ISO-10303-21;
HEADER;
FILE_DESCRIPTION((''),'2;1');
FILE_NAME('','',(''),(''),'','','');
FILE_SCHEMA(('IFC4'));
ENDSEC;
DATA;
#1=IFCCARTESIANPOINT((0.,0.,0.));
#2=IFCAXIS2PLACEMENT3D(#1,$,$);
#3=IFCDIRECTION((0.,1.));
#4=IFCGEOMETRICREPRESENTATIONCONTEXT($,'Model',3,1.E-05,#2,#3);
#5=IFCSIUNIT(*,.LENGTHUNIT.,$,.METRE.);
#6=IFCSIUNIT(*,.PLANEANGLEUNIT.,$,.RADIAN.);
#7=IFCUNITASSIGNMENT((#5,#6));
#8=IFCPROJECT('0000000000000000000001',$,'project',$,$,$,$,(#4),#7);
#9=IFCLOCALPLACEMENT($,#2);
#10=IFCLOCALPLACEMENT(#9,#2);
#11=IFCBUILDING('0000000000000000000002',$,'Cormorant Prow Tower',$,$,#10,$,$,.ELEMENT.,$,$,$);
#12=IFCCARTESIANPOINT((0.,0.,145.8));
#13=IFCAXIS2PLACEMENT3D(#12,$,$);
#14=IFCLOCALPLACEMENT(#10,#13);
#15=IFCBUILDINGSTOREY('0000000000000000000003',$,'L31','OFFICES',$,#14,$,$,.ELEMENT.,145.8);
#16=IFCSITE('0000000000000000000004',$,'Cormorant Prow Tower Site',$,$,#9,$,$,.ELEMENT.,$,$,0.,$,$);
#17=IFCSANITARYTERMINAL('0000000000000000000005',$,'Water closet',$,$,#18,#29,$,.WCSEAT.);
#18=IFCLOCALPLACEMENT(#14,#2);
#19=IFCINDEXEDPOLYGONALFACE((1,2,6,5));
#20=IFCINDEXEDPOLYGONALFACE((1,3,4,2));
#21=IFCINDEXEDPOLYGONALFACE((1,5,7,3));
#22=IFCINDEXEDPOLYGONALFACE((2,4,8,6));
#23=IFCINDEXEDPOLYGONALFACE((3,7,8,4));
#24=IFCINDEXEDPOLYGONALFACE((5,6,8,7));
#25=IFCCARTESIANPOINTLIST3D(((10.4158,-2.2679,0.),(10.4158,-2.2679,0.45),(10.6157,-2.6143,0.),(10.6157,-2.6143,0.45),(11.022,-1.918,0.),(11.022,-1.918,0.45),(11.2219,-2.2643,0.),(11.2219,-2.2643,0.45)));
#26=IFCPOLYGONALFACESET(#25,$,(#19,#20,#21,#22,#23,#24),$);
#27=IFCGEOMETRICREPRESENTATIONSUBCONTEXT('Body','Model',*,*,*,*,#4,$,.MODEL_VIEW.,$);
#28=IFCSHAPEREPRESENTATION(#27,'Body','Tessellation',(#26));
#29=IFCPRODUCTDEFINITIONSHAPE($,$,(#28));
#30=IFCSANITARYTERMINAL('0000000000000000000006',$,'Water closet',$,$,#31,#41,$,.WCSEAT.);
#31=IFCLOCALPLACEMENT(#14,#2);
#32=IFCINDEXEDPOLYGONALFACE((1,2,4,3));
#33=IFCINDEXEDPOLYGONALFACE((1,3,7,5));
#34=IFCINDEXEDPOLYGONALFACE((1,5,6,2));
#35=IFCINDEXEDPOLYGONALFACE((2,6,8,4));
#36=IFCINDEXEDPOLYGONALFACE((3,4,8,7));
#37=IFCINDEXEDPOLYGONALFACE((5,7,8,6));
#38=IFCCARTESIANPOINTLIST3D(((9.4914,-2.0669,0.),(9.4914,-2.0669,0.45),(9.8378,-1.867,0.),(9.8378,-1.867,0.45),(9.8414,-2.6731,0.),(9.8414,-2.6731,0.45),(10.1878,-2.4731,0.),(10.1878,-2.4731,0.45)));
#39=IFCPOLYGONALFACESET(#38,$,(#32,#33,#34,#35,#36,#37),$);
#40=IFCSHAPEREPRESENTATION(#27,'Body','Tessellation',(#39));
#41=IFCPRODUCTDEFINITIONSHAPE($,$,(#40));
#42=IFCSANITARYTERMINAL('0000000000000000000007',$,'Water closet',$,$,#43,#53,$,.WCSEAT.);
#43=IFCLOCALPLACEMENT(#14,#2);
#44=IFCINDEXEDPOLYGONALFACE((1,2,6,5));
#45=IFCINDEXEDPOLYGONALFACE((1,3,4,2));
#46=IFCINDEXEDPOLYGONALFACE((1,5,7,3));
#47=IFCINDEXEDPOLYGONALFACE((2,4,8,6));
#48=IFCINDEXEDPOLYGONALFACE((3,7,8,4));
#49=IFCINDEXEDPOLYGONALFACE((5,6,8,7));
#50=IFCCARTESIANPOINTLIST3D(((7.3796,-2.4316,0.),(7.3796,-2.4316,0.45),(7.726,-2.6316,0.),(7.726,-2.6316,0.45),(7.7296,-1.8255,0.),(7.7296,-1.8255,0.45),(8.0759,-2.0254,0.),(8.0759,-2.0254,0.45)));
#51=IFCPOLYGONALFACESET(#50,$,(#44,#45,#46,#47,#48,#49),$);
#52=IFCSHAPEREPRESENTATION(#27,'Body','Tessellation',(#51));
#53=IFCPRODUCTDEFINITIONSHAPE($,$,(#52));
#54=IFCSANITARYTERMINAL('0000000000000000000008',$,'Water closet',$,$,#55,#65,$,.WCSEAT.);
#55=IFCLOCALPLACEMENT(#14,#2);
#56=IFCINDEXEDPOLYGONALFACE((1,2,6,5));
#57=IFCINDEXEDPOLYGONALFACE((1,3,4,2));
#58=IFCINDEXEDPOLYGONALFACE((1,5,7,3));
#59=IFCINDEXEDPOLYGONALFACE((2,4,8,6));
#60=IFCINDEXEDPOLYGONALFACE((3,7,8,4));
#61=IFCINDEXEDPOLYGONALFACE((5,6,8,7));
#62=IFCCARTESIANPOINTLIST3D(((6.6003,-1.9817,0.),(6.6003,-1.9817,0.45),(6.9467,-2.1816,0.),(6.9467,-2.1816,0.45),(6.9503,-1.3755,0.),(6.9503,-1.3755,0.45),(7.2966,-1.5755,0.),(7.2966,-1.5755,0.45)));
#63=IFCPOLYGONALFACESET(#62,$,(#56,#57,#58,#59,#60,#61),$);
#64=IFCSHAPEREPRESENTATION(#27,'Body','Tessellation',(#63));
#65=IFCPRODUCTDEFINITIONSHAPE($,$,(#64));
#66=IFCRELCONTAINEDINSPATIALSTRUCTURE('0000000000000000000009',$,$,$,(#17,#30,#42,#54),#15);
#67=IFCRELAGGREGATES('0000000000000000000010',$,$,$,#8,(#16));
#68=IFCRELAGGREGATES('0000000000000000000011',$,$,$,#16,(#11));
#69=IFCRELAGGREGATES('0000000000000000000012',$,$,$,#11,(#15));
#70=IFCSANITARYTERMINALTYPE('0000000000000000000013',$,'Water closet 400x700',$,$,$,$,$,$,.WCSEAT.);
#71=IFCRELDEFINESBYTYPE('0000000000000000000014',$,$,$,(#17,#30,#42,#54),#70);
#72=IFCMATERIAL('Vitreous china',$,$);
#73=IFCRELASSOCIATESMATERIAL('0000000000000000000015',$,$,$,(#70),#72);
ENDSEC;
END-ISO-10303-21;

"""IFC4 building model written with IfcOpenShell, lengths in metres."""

from ifc_helpers import new_model, si_unit, direction, frame, origin, origin_2d, place, context, subcontext, project, spatial, rectangle, extrude, material, type_object, element, save


model = new_model("IFC4")

# Units and contexts
model_context = context("Model", 3, precision=1e-05, world=origin(), true_north=direction((0.0, 1.0)))
body_context = subcontext(model_context, "Body", "Model", "MODEL_VIEW")
ifc_project = project(units=[si_unit("LENGTHUNIT", "METRE"), si_unit("PLANEANGLEUNIT", "RADIAN")], contexts=[model_context])

# Site, building, storey
site_placement = place(None, origin())
site = spatial("IfcSite", under=ifc_project, at=site_placement, Name="Cormorant Prow Tower Site", CompositionType="ELEMENT", RefElevation=0.0)
building_placement = place(site_placement, origin())
building = spatial("IfcBuilding", under=site, at=building_placement, Name="Cormorant Prow Tower", CompositionType="ELEMENT")
storey_placement = place(building_placement, frame((0.0, 0.0, 145.8)))
storey = spatial("IfcBuildingStorey", under=building, at=storey_placement, Name="L31", Description="OFFICES", CompositionType="ELEMENT", Elevation=145.8)

# Sanitary terminals
ifc_material_1 = material(Name="Vitreous china")
sanitary_terminal_type_1 = type_object("IfcSanitaryTerminalType", Name="Water closet 400x700", PredefinedType="WCSEAT", material=ifc_material_1)
for number, where, z_axis, x_axis, name in (
    (1, (10.8188, -2.2661, 0.0), (0.0, 0.0, 1.0), (-0.5, 0.866025, 0.0), "Water closet"),
    (2, (9.8396, -2.27, 0.0), (0.0, 0.0, 1.0), (-0.866025, -0.5, 0.0), "Water closet"),
    (3, (7.7278, -2.2285, 0.0), (0.0, 0.0, 1.0), (0.866017, -0.500015, 0.0), "Water closet"),
    (4, (6.9485, -1.7786, 0.0), (0.0, 0.0, 1.0), (0.866017, -0.500015, 0.0), "Water closet"),
):
    element("IfcSanitaryTerminal", number, at=place(storey_placement, frame(where, z_axis=z_axis, x_axis=x_axis)), inside=storey, type_object=sanitary_terminal_type_1, Name=name, PredefinedType="WCSEAT", context=body_context, shape_type="SweptSolid", body=[
        extrude(rectangle(XDim=0.3999, YDim=0.7, at=origin_2d()), origin(), (0.0, 0.0, 1.0), 0.45),
    ])

save(model, "model.ifc")
